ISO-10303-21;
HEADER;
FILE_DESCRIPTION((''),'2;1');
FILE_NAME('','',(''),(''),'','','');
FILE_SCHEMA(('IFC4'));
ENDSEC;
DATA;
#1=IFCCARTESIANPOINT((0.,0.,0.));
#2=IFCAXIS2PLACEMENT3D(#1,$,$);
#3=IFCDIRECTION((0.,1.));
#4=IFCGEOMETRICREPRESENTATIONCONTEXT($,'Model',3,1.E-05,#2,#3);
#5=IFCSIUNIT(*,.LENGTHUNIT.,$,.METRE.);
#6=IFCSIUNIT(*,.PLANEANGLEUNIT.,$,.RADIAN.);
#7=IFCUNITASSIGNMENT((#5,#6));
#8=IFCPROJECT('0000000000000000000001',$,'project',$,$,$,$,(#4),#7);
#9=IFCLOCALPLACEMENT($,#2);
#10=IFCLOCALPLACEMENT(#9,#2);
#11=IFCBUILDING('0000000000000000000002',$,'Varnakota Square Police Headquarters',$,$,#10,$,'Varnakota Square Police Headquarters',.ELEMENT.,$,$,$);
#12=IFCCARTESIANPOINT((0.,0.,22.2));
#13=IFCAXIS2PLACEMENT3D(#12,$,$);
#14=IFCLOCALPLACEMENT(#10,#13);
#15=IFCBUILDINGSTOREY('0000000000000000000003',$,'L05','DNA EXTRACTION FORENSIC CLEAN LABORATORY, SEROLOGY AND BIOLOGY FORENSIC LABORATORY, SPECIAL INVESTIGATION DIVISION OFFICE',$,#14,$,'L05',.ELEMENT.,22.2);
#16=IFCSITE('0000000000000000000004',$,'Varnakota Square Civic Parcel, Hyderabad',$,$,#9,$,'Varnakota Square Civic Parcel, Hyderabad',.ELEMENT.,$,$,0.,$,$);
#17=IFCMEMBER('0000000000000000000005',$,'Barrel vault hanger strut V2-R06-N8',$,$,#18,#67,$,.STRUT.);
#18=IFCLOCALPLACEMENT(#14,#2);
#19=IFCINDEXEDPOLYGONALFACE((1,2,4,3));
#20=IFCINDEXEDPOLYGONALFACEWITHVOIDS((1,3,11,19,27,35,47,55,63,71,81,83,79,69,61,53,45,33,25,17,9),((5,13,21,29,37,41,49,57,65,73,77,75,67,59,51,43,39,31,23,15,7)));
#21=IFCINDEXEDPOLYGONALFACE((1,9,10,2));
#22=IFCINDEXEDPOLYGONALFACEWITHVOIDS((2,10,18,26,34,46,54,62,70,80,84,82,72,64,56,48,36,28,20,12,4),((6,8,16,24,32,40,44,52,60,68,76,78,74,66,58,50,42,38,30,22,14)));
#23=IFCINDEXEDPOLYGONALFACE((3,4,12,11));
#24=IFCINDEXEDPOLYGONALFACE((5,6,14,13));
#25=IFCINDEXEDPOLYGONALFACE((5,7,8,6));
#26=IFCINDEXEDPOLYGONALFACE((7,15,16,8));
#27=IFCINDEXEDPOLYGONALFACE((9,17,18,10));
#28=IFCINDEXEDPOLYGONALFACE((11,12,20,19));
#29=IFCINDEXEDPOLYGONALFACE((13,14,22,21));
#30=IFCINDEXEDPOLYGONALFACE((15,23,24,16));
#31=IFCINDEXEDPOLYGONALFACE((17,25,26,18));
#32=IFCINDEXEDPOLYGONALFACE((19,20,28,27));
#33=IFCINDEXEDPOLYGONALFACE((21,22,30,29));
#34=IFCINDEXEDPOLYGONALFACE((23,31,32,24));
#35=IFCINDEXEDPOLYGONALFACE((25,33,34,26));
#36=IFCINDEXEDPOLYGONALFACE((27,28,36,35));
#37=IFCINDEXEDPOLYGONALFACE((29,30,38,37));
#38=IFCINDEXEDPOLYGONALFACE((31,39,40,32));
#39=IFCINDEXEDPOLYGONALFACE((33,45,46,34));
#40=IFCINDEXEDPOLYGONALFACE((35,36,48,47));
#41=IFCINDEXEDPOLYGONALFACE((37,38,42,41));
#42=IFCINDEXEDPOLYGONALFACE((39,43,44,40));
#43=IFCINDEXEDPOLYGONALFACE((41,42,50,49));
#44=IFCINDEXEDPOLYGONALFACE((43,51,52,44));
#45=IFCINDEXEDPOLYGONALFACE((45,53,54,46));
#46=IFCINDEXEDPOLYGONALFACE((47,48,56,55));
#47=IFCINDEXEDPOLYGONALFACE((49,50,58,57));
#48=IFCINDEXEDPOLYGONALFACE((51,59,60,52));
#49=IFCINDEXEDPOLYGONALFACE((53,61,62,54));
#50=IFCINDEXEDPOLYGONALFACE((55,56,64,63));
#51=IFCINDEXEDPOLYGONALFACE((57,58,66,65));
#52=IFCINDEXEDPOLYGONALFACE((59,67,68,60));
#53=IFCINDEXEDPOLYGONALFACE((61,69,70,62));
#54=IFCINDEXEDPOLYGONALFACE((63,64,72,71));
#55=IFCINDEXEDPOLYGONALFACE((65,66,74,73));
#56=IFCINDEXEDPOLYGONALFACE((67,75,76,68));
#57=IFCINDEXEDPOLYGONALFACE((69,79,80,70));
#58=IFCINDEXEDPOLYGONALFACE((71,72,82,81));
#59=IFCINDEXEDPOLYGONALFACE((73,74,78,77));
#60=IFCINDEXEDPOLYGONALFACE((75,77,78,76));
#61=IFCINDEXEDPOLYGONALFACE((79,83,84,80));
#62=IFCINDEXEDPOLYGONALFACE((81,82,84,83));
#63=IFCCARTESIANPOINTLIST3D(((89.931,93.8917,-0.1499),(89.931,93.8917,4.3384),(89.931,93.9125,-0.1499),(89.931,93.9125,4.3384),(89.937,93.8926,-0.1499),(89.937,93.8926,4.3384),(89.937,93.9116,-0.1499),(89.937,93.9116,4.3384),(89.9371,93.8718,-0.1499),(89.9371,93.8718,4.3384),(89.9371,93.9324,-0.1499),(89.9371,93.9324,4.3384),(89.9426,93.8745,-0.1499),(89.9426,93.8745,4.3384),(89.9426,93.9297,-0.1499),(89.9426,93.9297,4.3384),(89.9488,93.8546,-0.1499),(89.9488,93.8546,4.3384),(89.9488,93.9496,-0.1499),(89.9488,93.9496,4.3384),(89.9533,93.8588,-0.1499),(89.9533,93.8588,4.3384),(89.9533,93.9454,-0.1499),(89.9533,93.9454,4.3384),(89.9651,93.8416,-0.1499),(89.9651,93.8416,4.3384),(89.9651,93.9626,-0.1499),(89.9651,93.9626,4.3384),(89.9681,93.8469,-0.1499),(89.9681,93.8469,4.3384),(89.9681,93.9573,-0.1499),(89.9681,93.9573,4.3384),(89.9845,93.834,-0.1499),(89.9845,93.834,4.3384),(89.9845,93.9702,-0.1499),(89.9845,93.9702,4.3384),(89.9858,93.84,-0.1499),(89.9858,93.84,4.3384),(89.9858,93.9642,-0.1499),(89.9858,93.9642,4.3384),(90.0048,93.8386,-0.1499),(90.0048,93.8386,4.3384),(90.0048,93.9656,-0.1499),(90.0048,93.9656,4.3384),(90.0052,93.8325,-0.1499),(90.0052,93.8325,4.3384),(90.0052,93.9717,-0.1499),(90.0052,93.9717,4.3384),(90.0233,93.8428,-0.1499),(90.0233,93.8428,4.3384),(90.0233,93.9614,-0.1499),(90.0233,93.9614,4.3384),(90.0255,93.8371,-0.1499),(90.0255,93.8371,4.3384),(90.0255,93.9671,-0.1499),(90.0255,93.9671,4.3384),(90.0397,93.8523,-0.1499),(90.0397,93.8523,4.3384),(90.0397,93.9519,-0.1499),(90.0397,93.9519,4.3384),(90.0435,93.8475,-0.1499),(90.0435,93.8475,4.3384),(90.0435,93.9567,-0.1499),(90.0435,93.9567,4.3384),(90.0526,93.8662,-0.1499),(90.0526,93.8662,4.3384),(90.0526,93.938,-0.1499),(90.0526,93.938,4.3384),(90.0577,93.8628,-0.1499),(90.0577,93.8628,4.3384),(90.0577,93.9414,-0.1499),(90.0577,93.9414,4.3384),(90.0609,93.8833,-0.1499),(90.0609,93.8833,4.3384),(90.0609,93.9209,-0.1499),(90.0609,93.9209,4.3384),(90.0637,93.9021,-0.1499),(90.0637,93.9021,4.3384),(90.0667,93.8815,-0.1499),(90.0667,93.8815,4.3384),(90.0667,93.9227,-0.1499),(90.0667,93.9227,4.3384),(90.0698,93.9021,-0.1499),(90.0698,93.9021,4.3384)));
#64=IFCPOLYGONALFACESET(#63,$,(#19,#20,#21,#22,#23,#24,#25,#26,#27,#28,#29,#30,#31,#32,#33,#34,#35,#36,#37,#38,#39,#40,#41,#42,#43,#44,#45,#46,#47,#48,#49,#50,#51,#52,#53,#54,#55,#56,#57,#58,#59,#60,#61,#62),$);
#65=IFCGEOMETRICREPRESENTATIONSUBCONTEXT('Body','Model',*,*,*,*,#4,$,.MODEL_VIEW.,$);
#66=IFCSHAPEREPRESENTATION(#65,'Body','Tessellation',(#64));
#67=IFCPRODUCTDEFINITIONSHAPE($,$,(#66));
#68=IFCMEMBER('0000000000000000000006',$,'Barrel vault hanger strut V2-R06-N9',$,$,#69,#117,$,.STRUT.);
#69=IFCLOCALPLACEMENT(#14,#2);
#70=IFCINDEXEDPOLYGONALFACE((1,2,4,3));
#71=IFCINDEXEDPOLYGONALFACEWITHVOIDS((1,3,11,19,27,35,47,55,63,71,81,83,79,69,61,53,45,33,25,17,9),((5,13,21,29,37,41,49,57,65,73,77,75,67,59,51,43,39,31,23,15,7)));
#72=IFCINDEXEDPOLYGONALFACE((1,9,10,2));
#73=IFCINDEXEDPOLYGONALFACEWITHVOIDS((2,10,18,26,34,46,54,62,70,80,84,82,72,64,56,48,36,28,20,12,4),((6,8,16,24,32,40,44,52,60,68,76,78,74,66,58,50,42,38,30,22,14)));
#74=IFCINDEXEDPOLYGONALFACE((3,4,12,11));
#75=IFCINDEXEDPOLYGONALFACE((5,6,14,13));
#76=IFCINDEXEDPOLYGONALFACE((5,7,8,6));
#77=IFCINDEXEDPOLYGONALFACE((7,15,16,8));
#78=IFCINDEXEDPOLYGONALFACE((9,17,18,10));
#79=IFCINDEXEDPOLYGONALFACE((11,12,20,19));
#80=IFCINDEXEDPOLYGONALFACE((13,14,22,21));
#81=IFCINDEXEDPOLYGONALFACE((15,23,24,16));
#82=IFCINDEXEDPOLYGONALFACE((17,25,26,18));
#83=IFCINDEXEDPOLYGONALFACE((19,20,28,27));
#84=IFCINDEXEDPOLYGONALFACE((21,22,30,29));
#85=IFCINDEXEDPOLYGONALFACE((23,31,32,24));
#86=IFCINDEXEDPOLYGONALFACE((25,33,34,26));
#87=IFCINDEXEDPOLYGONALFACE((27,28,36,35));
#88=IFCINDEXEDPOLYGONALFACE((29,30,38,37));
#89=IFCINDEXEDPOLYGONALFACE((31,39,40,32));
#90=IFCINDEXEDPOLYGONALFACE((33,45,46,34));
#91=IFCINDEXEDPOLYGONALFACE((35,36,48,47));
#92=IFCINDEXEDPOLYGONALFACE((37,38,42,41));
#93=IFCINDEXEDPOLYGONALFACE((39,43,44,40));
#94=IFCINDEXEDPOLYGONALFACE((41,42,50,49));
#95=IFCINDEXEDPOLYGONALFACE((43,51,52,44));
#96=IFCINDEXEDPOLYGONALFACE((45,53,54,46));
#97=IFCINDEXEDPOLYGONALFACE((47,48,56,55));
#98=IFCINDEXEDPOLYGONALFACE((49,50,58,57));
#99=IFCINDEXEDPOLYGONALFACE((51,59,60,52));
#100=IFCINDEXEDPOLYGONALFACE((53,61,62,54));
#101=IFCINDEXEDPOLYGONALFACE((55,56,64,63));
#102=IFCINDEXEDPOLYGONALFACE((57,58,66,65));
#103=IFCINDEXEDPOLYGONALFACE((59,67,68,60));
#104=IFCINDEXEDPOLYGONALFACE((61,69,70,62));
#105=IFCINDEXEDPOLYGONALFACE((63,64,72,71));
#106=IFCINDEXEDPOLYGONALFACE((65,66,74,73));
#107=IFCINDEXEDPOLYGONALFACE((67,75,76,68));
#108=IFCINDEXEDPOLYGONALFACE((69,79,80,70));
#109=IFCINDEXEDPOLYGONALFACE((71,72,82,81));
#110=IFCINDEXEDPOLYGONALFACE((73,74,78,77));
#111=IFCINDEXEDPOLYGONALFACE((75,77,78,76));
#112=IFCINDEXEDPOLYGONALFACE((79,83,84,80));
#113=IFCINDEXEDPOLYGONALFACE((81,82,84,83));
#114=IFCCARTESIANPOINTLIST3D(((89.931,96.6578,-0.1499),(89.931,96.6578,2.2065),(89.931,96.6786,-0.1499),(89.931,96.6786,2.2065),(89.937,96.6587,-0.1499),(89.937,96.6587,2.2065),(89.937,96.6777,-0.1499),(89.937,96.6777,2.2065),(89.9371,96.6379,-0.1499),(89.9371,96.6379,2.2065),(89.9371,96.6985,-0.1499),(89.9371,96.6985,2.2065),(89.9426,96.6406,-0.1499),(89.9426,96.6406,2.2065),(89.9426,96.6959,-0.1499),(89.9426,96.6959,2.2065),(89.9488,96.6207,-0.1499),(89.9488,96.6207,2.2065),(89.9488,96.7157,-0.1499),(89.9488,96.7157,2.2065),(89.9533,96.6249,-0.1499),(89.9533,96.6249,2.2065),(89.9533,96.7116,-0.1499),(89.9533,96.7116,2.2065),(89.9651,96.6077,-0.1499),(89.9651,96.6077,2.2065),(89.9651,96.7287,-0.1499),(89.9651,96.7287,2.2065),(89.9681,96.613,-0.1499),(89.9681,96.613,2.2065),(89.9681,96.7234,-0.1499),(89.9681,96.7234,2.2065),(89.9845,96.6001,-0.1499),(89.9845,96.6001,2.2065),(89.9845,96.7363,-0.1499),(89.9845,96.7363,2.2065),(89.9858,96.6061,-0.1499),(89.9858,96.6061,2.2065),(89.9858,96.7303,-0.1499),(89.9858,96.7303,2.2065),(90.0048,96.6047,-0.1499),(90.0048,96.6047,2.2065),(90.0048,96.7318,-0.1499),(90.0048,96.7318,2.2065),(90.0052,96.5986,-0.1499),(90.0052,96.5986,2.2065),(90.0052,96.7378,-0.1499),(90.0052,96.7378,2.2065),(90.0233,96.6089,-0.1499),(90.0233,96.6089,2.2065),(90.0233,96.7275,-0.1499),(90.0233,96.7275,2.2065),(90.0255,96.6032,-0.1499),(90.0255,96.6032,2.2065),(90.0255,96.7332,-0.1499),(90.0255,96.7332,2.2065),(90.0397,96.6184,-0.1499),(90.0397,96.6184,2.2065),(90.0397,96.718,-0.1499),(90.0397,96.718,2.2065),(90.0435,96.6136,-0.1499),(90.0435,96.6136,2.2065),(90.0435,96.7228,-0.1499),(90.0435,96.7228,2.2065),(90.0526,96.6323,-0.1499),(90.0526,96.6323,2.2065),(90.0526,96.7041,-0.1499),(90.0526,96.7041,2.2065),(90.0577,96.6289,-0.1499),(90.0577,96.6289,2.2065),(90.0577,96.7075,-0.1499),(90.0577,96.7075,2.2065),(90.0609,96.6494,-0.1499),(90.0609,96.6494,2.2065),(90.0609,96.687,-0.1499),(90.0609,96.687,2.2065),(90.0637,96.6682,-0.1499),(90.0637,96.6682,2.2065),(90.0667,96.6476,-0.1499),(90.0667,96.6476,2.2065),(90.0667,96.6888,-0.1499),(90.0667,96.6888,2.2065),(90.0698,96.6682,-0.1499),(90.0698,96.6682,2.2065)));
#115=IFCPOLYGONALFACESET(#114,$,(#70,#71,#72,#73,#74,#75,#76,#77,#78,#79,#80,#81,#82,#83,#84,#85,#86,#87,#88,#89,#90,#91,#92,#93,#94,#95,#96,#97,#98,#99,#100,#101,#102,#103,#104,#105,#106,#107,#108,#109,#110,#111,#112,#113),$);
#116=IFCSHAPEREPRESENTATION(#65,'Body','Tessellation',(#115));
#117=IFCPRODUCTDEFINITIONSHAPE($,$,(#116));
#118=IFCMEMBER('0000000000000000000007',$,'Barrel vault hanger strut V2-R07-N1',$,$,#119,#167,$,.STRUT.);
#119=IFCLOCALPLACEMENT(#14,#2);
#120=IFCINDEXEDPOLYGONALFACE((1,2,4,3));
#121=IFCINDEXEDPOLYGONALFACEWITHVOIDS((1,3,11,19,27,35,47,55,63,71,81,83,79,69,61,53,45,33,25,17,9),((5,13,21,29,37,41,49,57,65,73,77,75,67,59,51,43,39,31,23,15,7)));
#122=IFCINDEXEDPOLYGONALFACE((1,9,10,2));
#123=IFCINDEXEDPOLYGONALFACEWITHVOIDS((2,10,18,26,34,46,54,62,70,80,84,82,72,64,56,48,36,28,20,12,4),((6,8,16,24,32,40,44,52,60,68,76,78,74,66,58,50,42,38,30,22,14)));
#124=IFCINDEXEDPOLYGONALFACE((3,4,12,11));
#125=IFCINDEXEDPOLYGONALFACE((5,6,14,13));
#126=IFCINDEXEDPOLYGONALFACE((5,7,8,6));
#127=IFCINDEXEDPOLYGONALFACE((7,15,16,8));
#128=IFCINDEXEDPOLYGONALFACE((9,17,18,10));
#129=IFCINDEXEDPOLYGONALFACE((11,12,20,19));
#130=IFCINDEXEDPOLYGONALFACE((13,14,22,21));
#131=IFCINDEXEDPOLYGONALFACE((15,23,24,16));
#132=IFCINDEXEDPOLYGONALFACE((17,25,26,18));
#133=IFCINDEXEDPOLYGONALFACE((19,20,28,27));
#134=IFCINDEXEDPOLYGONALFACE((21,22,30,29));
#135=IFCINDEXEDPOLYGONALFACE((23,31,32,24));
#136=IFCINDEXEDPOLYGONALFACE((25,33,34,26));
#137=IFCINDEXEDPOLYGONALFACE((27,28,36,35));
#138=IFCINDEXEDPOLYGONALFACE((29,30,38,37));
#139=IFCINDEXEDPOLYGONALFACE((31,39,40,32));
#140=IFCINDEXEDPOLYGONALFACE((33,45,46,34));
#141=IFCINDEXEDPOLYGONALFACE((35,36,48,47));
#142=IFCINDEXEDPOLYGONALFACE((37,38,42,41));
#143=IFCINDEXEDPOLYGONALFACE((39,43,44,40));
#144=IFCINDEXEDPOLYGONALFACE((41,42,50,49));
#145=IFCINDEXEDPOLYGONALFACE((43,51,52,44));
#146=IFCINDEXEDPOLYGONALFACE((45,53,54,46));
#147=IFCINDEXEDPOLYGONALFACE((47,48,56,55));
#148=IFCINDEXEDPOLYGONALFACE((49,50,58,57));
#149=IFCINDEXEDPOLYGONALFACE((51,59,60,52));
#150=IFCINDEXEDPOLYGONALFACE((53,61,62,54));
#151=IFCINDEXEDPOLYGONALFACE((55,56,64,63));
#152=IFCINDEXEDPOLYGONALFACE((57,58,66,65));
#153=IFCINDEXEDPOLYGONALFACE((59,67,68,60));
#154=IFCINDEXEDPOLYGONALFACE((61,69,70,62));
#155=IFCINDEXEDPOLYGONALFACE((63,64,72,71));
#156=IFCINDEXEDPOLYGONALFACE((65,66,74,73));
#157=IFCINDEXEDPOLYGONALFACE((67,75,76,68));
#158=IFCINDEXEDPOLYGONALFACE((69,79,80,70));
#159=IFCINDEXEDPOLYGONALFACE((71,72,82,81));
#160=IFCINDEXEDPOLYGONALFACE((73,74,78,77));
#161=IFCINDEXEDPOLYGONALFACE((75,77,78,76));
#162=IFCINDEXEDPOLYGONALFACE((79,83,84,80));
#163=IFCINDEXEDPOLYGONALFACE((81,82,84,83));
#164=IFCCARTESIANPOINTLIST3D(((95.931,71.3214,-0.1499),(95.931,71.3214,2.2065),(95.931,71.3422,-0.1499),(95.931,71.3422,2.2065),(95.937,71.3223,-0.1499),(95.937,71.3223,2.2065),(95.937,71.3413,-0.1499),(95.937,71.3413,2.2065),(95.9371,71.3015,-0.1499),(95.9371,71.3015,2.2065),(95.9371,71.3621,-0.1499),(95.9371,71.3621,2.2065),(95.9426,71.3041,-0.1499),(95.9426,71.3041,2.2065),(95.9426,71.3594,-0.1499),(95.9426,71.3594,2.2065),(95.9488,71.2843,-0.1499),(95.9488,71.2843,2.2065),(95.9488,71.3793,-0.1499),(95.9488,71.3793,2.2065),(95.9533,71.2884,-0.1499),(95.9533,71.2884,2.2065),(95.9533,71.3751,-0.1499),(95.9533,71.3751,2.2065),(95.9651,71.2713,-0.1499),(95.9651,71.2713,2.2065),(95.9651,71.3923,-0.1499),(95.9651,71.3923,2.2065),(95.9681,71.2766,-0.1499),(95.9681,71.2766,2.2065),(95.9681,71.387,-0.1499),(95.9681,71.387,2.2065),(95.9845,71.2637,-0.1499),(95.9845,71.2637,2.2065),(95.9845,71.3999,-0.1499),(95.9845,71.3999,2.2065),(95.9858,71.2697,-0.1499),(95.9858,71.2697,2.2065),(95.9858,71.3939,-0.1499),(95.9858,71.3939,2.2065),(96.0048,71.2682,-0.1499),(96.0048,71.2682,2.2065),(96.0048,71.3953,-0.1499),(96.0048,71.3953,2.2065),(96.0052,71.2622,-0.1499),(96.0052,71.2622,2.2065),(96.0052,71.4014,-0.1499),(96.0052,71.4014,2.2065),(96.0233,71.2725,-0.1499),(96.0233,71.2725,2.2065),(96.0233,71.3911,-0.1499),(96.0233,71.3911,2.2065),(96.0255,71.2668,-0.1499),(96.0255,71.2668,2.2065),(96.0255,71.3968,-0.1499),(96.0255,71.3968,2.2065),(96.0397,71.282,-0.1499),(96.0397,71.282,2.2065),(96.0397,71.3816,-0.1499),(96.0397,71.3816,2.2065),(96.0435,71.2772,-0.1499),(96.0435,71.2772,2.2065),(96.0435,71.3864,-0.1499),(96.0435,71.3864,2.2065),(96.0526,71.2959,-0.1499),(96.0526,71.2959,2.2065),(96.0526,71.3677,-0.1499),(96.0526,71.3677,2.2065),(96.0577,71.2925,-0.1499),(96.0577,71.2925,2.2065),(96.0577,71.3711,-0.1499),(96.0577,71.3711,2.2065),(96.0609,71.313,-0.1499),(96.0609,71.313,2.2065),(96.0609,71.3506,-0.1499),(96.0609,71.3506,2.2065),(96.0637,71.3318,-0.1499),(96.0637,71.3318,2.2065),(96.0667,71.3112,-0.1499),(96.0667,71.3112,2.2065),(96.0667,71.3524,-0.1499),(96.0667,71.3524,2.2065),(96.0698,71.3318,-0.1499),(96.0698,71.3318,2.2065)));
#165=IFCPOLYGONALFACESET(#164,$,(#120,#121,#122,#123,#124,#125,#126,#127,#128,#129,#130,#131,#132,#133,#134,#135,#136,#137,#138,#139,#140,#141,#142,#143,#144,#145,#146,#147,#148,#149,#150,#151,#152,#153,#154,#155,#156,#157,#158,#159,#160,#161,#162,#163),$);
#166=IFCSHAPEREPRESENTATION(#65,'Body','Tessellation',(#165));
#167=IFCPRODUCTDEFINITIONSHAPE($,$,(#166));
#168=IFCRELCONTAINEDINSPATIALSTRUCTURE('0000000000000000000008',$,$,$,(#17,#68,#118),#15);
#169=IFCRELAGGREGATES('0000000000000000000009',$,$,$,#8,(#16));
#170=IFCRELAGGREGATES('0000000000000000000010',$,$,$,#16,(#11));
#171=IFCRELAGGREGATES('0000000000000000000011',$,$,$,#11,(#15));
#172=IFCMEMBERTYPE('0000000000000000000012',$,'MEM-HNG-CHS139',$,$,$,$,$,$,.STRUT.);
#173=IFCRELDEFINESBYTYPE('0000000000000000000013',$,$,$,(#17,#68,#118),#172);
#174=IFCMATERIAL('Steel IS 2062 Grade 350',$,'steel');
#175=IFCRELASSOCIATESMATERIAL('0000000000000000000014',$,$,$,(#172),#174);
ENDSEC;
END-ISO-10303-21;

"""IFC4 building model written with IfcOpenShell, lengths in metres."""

from ifc_helpers import new_model, si_unit, direction, frame, origin, origin_2d, place, context, subcontext, project, spatial, hollow_circle, extrude, material, material_profile, profile_set, type_object, element, save


model = new_model("IFC4")

# Units and contexts
model_context = context("Model", 3, precision=1e-05, world=origin(), true_north=direction((0.0, 1.0)))
body_context = subcontext(model_context, "Body", "Model", "MODEL_VIEW")
ifc_project = project(units=[si_unit("LENGTHUNIT", "METRE"), si_unit("PLANEANGLEUNIT", "RADIAN")], contexts=[model_context])

# Site, building, storey
site_placement = place(None, origin())
site = spatial("IfcSite", under=ifc_project, at=site_placement, Name="Varnakota Square Civic Parcel, Hyderabad", LongName="Varnakota Square Civic Parcel, Hyderabad", CompositionType="ELEMENT", RefElevation=0.0)
building_placement = place(site_placement, origin())
building = spatial("IfcBuilding", under=site, at=building_placement, Name="Varnakota Square Police Headquarters", LongName="Varnakota Square Police Headquarters", CompositionType="ELEMENT")
storey_placement = place(building_placement, frame((0.0, 0.0, 22.2)))
storey = spatial("IfcBuildingStorey", under=building, at=storey_placement, Name="L05", Description="DNA EXTRACTION FORENSIC CLEAN LABORATORY, SEROLOGY AND BIOLOGY FORENSIC LABORATORY, SPECIAL INVESTIGATION DIVISION OFFICE", LongName="L05", CompositionType="ELEMENT", Elevation=22.2)

# Shared definitions
ifc_material_1 = material(Name="Steel IS 2062 Grade 350", Category="steel")

# Members
ifc_material_profile_1 = material_profile(ifc_material_1, hollow_circle(Radius=0.0698, WallThickness=0.0061, at=origin_2d()), Name="CHS 139.7x6.0")
ifc_profile_set_1 = profile_set([ifc_material_profile_1], Name="Steel IS 2062 Grade 350")
member_type_1 = type_object("IfcMemberType", Name="MEM-HNG-CHS139", PredefinedType="STRUT", material=ifc_profile_set_1)
member_1_placement = place(storey_placement, frame((90.0, 93.9021, -0.1499), z_axis=(0.0, 0.0, 1.0), x_axis=(1.0, 0.0, 0.0)))
element("IfcMember", 1, at=member_1_placement, inside=storey, type_object=member_type_1, Name="Barrel vault hanger strut V2-R06-N8", PredefinedType="STRUT", context=body_context, shape_type="SweptSolid", body=[
    extrude(hollow_circle(Radius=0.0698, WallThickness=0.0061, at=origin_2d()), origin(), (0.0, 0.0, 1.0), 4.4883),
])
for number, where, z_axis, x_axis, name in (
    (2, (90.0, 96.6682, -0.1499), (0.0, 0.0, 1.0), (1.0, 0.0, 0.0), "Barrel vault hanger strut V2-R06-N9"),
    (3, (96.0, 71.3318, -0.1499), (0.0, 0.0, 1.0), (1.0, 0.0, 0.0), "Barrel vault hanger strut V2-R07-N1"),
):
    element("IfcMember", number, at=place(storey_placement, frame(where, z_axis=z_axis, x_axis=x_axis)), inside=storey, type_object=member_type_1, Name=name, PredefinedType="STRUT", context=body_context, shape_type="SweptSolid", body=[
        extrude(hollow_circle(Radius=0.0698, WallThickness=0.0061, at=origin_2d()), origin(), (0.0, 0.0, 1.0), 2.3564),
    ])

save(model, "model.ifc")
